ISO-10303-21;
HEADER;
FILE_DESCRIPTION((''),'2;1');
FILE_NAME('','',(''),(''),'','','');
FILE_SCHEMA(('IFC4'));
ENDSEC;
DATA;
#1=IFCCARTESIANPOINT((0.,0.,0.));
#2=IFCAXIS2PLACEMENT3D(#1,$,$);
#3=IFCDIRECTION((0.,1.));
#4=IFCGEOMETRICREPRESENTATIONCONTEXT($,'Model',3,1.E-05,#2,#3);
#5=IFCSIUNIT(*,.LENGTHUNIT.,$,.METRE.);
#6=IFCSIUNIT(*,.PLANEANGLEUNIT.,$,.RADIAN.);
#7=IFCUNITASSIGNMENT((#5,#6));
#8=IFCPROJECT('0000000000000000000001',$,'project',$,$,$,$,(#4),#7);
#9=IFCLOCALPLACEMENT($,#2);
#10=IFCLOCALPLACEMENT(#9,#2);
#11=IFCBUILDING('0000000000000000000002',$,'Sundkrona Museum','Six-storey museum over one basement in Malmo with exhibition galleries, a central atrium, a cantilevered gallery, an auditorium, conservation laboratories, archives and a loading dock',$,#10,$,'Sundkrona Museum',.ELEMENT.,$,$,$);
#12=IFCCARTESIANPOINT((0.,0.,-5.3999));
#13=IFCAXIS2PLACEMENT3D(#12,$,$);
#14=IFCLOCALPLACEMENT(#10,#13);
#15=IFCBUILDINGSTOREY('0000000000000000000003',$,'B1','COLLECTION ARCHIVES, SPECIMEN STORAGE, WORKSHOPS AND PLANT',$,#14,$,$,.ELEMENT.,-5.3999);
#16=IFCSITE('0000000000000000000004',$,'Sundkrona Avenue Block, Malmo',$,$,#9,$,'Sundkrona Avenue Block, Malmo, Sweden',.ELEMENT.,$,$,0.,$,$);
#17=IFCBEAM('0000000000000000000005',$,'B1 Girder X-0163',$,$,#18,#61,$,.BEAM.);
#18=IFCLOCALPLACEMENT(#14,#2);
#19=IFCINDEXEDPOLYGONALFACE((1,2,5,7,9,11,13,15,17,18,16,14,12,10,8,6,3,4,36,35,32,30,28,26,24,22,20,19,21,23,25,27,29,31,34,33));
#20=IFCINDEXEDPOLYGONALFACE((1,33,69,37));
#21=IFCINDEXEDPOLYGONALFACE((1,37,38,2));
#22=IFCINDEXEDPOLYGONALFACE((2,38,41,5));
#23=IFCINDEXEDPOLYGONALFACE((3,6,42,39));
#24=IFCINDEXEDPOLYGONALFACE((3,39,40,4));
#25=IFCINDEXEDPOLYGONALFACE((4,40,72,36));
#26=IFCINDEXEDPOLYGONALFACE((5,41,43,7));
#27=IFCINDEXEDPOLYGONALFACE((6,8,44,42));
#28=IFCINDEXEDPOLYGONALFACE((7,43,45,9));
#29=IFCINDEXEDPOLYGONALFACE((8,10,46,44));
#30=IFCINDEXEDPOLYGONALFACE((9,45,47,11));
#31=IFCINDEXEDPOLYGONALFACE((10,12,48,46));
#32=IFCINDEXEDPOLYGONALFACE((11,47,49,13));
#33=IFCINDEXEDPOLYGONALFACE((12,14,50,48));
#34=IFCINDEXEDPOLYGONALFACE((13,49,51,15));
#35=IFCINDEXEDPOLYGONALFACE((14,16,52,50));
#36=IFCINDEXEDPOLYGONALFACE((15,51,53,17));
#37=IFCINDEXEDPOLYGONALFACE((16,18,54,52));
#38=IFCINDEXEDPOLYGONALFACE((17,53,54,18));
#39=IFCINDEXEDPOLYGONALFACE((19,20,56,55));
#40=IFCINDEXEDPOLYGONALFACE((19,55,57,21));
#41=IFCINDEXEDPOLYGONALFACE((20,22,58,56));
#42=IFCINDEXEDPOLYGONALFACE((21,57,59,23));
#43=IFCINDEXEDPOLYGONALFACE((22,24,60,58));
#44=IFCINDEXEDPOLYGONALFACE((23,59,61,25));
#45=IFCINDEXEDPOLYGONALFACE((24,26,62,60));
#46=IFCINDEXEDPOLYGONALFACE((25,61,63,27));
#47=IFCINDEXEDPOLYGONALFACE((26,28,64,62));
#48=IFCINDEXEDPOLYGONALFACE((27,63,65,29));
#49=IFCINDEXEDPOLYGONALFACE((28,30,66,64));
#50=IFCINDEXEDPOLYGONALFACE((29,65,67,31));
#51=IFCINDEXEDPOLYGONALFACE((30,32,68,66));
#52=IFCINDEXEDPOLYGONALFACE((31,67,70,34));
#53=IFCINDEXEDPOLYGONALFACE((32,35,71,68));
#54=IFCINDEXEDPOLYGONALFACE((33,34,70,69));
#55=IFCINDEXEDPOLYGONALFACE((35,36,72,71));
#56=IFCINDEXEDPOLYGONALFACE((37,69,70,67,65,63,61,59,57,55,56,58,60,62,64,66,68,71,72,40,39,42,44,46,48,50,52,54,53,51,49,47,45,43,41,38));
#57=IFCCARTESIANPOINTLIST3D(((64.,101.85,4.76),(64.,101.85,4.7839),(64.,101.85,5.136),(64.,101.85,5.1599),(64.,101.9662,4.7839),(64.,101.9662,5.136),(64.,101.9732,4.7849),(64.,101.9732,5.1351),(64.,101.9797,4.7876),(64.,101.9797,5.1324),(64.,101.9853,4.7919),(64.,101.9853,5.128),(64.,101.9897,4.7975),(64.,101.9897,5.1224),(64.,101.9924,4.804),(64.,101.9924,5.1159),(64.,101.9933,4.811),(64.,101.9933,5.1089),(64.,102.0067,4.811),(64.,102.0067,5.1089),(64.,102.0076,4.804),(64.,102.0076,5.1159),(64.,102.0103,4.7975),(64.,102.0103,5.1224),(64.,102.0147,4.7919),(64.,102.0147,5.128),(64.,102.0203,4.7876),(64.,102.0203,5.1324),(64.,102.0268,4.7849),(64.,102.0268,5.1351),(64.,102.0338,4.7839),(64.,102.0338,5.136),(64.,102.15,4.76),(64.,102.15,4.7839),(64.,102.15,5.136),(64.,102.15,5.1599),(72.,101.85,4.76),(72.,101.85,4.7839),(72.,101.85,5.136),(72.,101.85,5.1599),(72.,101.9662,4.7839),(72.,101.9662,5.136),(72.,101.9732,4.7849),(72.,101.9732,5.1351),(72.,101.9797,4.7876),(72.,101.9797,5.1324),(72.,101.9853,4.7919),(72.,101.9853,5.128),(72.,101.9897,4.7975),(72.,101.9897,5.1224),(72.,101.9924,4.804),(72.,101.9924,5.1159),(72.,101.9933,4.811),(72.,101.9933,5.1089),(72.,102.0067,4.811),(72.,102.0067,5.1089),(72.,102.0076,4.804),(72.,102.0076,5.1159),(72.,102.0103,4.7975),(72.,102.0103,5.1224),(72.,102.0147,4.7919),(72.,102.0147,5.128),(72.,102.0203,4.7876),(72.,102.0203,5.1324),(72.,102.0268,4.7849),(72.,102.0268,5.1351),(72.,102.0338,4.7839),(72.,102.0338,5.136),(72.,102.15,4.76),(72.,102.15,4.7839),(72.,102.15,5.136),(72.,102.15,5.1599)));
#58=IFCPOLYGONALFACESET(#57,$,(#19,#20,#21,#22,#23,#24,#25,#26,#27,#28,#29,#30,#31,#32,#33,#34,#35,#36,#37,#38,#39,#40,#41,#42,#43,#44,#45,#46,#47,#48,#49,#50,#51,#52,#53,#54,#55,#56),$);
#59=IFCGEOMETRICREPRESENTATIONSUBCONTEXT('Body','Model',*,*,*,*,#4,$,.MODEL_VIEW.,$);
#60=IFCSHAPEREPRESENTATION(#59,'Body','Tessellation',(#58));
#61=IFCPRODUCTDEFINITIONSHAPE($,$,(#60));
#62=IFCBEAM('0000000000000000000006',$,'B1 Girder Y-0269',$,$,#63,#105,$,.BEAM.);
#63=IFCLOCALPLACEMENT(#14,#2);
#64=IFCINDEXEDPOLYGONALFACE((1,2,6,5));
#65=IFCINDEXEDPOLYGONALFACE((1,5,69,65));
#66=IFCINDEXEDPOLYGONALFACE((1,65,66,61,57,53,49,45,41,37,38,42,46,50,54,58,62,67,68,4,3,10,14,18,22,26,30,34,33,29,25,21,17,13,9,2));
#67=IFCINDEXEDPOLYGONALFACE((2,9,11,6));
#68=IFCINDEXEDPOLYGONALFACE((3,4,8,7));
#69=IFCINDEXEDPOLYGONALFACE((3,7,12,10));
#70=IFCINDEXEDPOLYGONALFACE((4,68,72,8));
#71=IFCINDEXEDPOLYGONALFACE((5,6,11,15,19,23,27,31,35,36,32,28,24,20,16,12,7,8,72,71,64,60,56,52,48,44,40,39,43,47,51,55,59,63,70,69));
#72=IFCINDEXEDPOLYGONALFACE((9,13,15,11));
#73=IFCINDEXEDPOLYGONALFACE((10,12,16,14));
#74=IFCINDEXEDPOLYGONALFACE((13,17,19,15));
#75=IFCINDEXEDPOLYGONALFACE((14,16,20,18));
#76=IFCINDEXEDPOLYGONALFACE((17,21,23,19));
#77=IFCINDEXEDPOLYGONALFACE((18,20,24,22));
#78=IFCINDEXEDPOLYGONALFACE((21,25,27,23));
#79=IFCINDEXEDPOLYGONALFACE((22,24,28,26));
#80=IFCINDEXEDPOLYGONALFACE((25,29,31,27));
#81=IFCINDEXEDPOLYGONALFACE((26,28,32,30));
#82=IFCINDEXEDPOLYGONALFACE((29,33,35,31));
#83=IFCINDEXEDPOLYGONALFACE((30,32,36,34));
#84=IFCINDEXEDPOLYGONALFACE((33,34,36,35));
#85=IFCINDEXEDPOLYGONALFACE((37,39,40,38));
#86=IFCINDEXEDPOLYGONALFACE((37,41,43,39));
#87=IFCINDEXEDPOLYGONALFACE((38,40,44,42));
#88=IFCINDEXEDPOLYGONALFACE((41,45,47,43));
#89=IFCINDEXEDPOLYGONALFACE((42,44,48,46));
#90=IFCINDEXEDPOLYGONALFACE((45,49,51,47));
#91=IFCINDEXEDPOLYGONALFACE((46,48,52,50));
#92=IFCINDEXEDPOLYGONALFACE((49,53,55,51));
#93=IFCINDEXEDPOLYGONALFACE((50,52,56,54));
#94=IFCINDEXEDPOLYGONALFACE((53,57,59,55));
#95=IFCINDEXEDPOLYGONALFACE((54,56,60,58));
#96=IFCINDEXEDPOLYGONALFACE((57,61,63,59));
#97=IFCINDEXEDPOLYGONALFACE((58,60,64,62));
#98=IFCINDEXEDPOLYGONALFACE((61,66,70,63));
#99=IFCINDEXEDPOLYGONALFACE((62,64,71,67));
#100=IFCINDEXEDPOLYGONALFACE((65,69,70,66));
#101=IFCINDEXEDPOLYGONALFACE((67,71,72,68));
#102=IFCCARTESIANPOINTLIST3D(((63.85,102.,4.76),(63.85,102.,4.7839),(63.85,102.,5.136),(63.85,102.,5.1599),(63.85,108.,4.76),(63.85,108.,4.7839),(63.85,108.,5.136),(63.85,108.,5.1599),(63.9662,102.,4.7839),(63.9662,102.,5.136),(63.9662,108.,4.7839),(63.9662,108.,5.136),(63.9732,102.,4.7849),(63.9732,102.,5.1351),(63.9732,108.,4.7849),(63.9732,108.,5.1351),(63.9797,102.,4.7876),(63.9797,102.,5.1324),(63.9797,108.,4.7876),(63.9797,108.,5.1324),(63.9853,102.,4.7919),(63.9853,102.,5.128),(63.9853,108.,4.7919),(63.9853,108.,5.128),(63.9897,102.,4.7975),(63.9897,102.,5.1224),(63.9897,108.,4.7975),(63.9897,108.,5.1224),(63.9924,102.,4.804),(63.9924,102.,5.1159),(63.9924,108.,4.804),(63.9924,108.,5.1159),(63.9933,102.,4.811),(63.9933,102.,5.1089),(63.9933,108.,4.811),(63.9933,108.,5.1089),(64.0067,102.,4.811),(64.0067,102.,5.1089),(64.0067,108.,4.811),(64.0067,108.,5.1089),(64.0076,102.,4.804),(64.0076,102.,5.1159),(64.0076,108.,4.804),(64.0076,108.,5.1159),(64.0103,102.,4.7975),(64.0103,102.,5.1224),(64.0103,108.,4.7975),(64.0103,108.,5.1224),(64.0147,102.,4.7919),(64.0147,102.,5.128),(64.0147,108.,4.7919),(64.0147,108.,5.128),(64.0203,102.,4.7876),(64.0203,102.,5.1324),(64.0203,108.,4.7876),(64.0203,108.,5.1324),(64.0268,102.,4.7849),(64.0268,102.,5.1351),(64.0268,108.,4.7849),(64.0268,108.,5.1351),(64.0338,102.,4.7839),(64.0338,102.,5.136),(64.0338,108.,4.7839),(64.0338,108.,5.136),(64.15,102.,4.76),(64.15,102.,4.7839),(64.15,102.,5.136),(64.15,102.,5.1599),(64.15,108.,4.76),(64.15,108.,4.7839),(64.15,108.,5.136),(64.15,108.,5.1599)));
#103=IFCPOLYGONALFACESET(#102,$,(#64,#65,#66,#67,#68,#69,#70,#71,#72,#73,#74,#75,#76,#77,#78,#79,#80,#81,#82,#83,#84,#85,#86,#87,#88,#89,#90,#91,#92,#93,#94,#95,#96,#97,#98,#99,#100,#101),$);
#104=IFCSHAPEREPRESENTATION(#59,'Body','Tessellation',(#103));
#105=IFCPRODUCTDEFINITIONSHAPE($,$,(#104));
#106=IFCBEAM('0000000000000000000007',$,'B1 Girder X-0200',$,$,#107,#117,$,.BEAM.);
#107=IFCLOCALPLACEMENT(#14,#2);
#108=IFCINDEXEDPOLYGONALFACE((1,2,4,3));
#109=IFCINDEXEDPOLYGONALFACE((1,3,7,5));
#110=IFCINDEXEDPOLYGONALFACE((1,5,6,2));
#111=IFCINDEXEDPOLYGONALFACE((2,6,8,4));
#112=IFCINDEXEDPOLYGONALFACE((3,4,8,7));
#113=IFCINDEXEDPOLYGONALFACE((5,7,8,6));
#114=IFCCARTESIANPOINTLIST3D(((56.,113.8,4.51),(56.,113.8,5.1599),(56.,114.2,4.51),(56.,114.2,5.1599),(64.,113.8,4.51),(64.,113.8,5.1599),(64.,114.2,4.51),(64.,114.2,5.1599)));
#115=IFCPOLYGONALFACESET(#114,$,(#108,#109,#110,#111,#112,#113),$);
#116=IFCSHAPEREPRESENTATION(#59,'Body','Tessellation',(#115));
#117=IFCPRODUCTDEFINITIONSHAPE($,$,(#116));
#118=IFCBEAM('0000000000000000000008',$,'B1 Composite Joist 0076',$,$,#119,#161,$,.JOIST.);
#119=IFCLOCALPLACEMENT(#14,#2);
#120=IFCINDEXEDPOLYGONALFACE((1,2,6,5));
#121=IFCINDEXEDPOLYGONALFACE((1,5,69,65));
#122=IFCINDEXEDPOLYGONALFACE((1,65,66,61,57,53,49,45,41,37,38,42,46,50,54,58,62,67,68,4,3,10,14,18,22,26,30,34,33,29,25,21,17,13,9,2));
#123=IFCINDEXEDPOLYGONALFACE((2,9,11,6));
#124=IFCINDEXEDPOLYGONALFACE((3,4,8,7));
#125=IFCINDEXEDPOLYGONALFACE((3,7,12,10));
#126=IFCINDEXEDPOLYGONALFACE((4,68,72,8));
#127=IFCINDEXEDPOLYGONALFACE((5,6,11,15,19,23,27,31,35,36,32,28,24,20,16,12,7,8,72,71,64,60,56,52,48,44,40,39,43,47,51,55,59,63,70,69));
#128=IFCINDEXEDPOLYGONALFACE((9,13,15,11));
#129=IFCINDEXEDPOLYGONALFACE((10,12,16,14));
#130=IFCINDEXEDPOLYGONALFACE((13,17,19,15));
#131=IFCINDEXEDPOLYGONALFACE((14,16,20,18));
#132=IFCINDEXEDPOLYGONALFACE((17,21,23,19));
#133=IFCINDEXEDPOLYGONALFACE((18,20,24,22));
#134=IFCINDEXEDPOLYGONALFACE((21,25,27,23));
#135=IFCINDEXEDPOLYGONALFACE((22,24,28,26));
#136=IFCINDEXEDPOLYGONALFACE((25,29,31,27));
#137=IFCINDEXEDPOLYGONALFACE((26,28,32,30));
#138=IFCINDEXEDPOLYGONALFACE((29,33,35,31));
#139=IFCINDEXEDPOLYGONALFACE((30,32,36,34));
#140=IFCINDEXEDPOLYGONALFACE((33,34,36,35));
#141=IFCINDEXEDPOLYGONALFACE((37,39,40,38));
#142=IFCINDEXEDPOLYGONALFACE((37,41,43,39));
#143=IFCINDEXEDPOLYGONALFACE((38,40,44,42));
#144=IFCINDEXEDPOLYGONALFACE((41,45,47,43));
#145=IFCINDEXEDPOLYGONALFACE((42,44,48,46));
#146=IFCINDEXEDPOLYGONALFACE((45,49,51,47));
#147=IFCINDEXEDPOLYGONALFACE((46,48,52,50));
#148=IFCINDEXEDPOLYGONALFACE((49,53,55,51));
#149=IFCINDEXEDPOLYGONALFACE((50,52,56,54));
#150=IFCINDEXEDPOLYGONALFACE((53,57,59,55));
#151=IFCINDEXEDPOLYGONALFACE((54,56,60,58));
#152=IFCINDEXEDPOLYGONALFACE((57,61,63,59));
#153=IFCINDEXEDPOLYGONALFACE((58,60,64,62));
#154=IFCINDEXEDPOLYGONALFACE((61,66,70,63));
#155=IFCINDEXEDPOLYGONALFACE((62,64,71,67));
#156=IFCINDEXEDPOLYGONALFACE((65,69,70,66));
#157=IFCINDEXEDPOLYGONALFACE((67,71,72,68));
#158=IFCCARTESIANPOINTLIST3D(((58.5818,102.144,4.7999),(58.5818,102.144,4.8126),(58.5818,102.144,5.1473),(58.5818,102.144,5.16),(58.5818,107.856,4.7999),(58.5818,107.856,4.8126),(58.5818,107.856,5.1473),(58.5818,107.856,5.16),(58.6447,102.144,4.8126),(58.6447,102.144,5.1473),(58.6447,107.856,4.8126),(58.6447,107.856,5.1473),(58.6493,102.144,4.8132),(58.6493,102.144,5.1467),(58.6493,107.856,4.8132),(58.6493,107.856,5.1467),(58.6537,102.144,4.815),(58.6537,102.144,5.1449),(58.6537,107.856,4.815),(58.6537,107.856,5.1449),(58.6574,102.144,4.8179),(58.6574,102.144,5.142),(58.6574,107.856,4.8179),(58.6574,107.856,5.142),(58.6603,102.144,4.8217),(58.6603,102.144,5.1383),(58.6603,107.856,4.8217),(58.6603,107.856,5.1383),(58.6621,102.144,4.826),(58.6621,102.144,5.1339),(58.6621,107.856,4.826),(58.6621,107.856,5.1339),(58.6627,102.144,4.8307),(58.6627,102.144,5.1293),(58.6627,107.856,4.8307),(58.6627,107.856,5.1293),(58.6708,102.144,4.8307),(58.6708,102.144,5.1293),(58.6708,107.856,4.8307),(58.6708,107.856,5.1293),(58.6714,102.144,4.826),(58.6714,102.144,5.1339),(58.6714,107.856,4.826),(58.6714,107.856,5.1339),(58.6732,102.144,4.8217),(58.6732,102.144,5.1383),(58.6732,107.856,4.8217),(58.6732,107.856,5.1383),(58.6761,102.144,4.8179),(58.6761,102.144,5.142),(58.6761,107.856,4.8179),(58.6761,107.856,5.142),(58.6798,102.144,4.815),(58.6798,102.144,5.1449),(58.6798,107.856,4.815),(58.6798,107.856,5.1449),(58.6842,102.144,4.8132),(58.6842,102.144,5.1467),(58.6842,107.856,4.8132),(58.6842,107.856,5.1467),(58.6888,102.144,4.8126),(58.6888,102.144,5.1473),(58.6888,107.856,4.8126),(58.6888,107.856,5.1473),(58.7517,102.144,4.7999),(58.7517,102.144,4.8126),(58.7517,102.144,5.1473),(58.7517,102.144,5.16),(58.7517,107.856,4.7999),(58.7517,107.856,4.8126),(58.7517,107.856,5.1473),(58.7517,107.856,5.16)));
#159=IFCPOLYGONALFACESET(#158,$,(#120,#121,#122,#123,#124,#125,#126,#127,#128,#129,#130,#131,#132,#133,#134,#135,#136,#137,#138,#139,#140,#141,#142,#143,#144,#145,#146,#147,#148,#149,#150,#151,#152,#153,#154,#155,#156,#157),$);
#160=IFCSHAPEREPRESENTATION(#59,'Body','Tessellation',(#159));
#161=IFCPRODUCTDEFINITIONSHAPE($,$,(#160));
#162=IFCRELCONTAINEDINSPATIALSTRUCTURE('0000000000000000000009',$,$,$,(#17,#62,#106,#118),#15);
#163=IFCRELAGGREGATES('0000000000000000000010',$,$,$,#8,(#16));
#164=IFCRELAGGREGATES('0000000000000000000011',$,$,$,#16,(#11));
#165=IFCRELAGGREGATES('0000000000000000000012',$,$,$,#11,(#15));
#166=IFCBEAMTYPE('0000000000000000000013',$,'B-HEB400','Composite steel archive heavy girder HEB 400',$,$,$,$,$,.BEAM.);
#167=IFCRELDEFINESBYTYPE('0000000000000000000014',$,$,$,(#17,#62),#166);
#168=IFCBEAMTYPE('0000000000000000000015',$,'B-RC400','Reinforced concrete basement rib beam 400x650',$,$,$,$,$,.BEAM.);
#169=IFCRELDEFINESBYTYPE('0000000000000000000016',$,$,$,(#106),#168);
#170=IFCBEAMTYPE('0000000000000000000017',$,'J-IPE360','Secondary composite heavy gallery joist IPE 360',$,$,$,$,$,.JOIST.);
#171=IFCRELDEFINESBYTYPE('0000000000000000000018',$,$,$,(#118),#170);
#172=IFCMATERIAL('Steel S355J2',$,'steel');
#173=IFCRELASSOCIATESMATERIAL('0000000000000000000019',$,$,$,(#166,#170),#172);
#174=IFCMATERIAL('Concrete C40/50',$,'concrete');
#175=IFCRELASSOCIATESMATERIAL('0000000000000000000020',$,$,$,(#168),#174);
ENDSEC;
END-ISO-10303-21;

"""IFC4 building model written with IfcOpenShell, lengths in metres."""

from ifc_helpers import new_model, si_unit, direction, frame, origin, origin_2d, place, context, subcontext, project, spatial, rectangle, i_section, extrude, material, material_profile, profile_set, type_object, element, save


model = new_model("IFC4")

# Units and contexts
model_context = context("Model", 3, precision=1e-05, world=origin(), true_north=direction((0.0, 1.0)))
body_context = subcontext(model_context, "Body", "Model", "MODEL_VIEW")
ifc_project = project(units=[si_unit("LENGTHUNIT", "METRE"), si_unit("PLANEANGLEUNIT", "RADIAN")], contexts=[model_context])

# Site, building, storey
site_placement = place(None, origin())
site = spatial("IfcSite", under=ifc_project, at=site_placement, Name="Sundkrona Avenue Block, Malmo", LongName="Sundkrona Avenue Block, Malmo, Sweden", CompositionType="ELEMENT", RefElevation=0.0)
building_placement = place(site_placement, origin())
building = spatial("IfcBuilding", under=site, at=building_placement, Name="Sundkrona Museum", Description="Six-storey museum over one basement in Malmo with exhibition galleries, a central atrium, a cantilevered gallery, an auditorium, conservation laboratories, archives and a loading dock", LongName="Sundkrona Museum", CompositionType="ELEMENT")
storey_placement = place(building_placement, frame((0.0, 0.0, -5.3999)))
storey = spatial("IfcBuildingStorey", under=building, at=storey_placement, Name="B1", Description="COLLECTION ARCHIVES, SPECIMEN STORAGE, WORKSHOPS AND PLANT", CompositionType="ELEMENT", Elevation=-5.3999)

# Shared definitions
ifc_material_1 = material(Name="Concrete C40/50", Category="concrete")

# Beams
ifc_material_2 = material(Name="Steel S355J2", Category="steel")
ifc_material_profile_1 = material_profile(ifc_material_2, i_section(OverallWidth=0.3, OverallDepth=0.3999, WebThickness=0.0134, FlangeThickness=0.0239, FilletRadius=0.0271, at=origin_2d()), Name="HEB 400")
ifc_profile_set_1 = profile_set([ifc_material_profile_1], Name="Steel S355J2")
beam_type_1 = type_object("IfcBeamType", Name="B-HEB400", Description="Composite steel archive heavy girder HEB 400", PredefinedType="BEAM", material=ifc_profile_set_1)
beam_1_placement = place(storey_placement, frame((64.0, 102.0, 4.96), z_axis=(1.0, 0.0, 0.0), x_axis=(0.0, 1.0, 0.0)))
element("IfcBeam", 1, at=beam_1_placement, inside=storey, type_object=beam_type_1, Name="B1 Girder X-0163", PredefinedType="BEAM", context=body_context, shape_type="SweptSolid", body=[
    extrude(i_section(OverallWidth=0.3, OverallDepth=0.3999, WebThickness=0.0134, FlangeThickness=0.0239, FilletRadius=0.0271, at=origin_2d()), origin(), (0.0, 0.0, 1.0), 8.0),
])
beam_2_placement = place(storey_placement, frame((64.0, 102.0, 4.96), z_axis=(0.0, 1.0, 0.0), x_axis=(-1.0, 0.0, 0.0)))
element("IfcBeam", 2, at=beam_2_placement, inside=storey, type_object=beam_type_1, Name="B1 Girder Y-0269", PredefinedType="BEAM", context=body_context, shape_type="SweptSolid", body=[
    extrude(i_section(OverallWidth=0.3, OverallDepth=0.3999, WebThickness=0.0134, FlangeThickness=0.0239, FilletRadius=0.0271, at=origin_2d()), origin(), (0.0, 0.0, 1.0), 6.0),
])
ifc_material_profile_2 = material_profile(ifc_material_1, rectangle(XDim=0.3999, YDim=0.6499, at=origin_2d()), Name="RCB 400x650")
ifc_profile_set_2 = profile_set([ifc_material_profile_2], Name="Concrete C40/50")
beam_type_2 = type_object("IfcBeamType", Name="B-RC400", Description="Reinforced concrete basement rib beam 400x650", PredefinedType="BEAM", material=ifc_profile_set_2)
beam_3_placement = place(storey_placement, frame((56.0, 114.0, 4.835), z_axis=(1.0, 0.0, 0.0), x_axis=(0.0, 1.0, 0.0)))
element("IfcBeam", 3, at=beam_3_placement, inside=storey, type_object=beam_type_2, Name="B1 Girder X-0200", PredefinedType="BEAM", context=body_context, shape_type="SweptSolid", body=[
    extrude(rectangle(XDim=0.3999, YDim=0.6499, at=origin_2d()), origin(), (0.0, 0.0, 1.0), 8.0),
])
ifc_material_profile_3 = material_profile(ifc_material_2, i_section(OverallWidth=0.1699, OverallDepth=0.3601, WebThickness=0.0081, FlangeThickness=0.0127, FilletRadius=0.0181, at=origin_2d()), Name="IPE 360")
ifc_profile_set_3 = profile_set([ifc_material_profile_3], Name="Steel S355J2")
beam_type_3 = type_object("IfcBeamType", Name="J-IPE360", Description="Secondary composite heavy gallery joist IPE 360", PredefinedType="JOIST", material=ifc_profile_set_3)
for number, where, z_axis, x_axis, name in (
    (4, (58.6667, 102.144, 4.98), (0.0, 1.0, 0.0), (-1.0, 0.0, 0.0), "B1 Composite Joist 0076"),
):
    element("IfcBeam", number, at=place(storey_placement, frame(where, z_axis=z_axis, x_axis=x_axis)), inside=storey, type_object=beam_type_3, Name=name, PredefinedType="JOIST", context=body_context, shape_type="SweptSolid", body=[
        extrude(i_section(OverallWidth=0.1699, OverallDepth=0.3601, WebThickness=0.0081, FlangeThickness=0.0127, FilletRadius=0.0181, at=origin_2d()), origin(), (0.0, 0.0, 1.0), 5.7119),
    ])

save(model, "model.ifc")
